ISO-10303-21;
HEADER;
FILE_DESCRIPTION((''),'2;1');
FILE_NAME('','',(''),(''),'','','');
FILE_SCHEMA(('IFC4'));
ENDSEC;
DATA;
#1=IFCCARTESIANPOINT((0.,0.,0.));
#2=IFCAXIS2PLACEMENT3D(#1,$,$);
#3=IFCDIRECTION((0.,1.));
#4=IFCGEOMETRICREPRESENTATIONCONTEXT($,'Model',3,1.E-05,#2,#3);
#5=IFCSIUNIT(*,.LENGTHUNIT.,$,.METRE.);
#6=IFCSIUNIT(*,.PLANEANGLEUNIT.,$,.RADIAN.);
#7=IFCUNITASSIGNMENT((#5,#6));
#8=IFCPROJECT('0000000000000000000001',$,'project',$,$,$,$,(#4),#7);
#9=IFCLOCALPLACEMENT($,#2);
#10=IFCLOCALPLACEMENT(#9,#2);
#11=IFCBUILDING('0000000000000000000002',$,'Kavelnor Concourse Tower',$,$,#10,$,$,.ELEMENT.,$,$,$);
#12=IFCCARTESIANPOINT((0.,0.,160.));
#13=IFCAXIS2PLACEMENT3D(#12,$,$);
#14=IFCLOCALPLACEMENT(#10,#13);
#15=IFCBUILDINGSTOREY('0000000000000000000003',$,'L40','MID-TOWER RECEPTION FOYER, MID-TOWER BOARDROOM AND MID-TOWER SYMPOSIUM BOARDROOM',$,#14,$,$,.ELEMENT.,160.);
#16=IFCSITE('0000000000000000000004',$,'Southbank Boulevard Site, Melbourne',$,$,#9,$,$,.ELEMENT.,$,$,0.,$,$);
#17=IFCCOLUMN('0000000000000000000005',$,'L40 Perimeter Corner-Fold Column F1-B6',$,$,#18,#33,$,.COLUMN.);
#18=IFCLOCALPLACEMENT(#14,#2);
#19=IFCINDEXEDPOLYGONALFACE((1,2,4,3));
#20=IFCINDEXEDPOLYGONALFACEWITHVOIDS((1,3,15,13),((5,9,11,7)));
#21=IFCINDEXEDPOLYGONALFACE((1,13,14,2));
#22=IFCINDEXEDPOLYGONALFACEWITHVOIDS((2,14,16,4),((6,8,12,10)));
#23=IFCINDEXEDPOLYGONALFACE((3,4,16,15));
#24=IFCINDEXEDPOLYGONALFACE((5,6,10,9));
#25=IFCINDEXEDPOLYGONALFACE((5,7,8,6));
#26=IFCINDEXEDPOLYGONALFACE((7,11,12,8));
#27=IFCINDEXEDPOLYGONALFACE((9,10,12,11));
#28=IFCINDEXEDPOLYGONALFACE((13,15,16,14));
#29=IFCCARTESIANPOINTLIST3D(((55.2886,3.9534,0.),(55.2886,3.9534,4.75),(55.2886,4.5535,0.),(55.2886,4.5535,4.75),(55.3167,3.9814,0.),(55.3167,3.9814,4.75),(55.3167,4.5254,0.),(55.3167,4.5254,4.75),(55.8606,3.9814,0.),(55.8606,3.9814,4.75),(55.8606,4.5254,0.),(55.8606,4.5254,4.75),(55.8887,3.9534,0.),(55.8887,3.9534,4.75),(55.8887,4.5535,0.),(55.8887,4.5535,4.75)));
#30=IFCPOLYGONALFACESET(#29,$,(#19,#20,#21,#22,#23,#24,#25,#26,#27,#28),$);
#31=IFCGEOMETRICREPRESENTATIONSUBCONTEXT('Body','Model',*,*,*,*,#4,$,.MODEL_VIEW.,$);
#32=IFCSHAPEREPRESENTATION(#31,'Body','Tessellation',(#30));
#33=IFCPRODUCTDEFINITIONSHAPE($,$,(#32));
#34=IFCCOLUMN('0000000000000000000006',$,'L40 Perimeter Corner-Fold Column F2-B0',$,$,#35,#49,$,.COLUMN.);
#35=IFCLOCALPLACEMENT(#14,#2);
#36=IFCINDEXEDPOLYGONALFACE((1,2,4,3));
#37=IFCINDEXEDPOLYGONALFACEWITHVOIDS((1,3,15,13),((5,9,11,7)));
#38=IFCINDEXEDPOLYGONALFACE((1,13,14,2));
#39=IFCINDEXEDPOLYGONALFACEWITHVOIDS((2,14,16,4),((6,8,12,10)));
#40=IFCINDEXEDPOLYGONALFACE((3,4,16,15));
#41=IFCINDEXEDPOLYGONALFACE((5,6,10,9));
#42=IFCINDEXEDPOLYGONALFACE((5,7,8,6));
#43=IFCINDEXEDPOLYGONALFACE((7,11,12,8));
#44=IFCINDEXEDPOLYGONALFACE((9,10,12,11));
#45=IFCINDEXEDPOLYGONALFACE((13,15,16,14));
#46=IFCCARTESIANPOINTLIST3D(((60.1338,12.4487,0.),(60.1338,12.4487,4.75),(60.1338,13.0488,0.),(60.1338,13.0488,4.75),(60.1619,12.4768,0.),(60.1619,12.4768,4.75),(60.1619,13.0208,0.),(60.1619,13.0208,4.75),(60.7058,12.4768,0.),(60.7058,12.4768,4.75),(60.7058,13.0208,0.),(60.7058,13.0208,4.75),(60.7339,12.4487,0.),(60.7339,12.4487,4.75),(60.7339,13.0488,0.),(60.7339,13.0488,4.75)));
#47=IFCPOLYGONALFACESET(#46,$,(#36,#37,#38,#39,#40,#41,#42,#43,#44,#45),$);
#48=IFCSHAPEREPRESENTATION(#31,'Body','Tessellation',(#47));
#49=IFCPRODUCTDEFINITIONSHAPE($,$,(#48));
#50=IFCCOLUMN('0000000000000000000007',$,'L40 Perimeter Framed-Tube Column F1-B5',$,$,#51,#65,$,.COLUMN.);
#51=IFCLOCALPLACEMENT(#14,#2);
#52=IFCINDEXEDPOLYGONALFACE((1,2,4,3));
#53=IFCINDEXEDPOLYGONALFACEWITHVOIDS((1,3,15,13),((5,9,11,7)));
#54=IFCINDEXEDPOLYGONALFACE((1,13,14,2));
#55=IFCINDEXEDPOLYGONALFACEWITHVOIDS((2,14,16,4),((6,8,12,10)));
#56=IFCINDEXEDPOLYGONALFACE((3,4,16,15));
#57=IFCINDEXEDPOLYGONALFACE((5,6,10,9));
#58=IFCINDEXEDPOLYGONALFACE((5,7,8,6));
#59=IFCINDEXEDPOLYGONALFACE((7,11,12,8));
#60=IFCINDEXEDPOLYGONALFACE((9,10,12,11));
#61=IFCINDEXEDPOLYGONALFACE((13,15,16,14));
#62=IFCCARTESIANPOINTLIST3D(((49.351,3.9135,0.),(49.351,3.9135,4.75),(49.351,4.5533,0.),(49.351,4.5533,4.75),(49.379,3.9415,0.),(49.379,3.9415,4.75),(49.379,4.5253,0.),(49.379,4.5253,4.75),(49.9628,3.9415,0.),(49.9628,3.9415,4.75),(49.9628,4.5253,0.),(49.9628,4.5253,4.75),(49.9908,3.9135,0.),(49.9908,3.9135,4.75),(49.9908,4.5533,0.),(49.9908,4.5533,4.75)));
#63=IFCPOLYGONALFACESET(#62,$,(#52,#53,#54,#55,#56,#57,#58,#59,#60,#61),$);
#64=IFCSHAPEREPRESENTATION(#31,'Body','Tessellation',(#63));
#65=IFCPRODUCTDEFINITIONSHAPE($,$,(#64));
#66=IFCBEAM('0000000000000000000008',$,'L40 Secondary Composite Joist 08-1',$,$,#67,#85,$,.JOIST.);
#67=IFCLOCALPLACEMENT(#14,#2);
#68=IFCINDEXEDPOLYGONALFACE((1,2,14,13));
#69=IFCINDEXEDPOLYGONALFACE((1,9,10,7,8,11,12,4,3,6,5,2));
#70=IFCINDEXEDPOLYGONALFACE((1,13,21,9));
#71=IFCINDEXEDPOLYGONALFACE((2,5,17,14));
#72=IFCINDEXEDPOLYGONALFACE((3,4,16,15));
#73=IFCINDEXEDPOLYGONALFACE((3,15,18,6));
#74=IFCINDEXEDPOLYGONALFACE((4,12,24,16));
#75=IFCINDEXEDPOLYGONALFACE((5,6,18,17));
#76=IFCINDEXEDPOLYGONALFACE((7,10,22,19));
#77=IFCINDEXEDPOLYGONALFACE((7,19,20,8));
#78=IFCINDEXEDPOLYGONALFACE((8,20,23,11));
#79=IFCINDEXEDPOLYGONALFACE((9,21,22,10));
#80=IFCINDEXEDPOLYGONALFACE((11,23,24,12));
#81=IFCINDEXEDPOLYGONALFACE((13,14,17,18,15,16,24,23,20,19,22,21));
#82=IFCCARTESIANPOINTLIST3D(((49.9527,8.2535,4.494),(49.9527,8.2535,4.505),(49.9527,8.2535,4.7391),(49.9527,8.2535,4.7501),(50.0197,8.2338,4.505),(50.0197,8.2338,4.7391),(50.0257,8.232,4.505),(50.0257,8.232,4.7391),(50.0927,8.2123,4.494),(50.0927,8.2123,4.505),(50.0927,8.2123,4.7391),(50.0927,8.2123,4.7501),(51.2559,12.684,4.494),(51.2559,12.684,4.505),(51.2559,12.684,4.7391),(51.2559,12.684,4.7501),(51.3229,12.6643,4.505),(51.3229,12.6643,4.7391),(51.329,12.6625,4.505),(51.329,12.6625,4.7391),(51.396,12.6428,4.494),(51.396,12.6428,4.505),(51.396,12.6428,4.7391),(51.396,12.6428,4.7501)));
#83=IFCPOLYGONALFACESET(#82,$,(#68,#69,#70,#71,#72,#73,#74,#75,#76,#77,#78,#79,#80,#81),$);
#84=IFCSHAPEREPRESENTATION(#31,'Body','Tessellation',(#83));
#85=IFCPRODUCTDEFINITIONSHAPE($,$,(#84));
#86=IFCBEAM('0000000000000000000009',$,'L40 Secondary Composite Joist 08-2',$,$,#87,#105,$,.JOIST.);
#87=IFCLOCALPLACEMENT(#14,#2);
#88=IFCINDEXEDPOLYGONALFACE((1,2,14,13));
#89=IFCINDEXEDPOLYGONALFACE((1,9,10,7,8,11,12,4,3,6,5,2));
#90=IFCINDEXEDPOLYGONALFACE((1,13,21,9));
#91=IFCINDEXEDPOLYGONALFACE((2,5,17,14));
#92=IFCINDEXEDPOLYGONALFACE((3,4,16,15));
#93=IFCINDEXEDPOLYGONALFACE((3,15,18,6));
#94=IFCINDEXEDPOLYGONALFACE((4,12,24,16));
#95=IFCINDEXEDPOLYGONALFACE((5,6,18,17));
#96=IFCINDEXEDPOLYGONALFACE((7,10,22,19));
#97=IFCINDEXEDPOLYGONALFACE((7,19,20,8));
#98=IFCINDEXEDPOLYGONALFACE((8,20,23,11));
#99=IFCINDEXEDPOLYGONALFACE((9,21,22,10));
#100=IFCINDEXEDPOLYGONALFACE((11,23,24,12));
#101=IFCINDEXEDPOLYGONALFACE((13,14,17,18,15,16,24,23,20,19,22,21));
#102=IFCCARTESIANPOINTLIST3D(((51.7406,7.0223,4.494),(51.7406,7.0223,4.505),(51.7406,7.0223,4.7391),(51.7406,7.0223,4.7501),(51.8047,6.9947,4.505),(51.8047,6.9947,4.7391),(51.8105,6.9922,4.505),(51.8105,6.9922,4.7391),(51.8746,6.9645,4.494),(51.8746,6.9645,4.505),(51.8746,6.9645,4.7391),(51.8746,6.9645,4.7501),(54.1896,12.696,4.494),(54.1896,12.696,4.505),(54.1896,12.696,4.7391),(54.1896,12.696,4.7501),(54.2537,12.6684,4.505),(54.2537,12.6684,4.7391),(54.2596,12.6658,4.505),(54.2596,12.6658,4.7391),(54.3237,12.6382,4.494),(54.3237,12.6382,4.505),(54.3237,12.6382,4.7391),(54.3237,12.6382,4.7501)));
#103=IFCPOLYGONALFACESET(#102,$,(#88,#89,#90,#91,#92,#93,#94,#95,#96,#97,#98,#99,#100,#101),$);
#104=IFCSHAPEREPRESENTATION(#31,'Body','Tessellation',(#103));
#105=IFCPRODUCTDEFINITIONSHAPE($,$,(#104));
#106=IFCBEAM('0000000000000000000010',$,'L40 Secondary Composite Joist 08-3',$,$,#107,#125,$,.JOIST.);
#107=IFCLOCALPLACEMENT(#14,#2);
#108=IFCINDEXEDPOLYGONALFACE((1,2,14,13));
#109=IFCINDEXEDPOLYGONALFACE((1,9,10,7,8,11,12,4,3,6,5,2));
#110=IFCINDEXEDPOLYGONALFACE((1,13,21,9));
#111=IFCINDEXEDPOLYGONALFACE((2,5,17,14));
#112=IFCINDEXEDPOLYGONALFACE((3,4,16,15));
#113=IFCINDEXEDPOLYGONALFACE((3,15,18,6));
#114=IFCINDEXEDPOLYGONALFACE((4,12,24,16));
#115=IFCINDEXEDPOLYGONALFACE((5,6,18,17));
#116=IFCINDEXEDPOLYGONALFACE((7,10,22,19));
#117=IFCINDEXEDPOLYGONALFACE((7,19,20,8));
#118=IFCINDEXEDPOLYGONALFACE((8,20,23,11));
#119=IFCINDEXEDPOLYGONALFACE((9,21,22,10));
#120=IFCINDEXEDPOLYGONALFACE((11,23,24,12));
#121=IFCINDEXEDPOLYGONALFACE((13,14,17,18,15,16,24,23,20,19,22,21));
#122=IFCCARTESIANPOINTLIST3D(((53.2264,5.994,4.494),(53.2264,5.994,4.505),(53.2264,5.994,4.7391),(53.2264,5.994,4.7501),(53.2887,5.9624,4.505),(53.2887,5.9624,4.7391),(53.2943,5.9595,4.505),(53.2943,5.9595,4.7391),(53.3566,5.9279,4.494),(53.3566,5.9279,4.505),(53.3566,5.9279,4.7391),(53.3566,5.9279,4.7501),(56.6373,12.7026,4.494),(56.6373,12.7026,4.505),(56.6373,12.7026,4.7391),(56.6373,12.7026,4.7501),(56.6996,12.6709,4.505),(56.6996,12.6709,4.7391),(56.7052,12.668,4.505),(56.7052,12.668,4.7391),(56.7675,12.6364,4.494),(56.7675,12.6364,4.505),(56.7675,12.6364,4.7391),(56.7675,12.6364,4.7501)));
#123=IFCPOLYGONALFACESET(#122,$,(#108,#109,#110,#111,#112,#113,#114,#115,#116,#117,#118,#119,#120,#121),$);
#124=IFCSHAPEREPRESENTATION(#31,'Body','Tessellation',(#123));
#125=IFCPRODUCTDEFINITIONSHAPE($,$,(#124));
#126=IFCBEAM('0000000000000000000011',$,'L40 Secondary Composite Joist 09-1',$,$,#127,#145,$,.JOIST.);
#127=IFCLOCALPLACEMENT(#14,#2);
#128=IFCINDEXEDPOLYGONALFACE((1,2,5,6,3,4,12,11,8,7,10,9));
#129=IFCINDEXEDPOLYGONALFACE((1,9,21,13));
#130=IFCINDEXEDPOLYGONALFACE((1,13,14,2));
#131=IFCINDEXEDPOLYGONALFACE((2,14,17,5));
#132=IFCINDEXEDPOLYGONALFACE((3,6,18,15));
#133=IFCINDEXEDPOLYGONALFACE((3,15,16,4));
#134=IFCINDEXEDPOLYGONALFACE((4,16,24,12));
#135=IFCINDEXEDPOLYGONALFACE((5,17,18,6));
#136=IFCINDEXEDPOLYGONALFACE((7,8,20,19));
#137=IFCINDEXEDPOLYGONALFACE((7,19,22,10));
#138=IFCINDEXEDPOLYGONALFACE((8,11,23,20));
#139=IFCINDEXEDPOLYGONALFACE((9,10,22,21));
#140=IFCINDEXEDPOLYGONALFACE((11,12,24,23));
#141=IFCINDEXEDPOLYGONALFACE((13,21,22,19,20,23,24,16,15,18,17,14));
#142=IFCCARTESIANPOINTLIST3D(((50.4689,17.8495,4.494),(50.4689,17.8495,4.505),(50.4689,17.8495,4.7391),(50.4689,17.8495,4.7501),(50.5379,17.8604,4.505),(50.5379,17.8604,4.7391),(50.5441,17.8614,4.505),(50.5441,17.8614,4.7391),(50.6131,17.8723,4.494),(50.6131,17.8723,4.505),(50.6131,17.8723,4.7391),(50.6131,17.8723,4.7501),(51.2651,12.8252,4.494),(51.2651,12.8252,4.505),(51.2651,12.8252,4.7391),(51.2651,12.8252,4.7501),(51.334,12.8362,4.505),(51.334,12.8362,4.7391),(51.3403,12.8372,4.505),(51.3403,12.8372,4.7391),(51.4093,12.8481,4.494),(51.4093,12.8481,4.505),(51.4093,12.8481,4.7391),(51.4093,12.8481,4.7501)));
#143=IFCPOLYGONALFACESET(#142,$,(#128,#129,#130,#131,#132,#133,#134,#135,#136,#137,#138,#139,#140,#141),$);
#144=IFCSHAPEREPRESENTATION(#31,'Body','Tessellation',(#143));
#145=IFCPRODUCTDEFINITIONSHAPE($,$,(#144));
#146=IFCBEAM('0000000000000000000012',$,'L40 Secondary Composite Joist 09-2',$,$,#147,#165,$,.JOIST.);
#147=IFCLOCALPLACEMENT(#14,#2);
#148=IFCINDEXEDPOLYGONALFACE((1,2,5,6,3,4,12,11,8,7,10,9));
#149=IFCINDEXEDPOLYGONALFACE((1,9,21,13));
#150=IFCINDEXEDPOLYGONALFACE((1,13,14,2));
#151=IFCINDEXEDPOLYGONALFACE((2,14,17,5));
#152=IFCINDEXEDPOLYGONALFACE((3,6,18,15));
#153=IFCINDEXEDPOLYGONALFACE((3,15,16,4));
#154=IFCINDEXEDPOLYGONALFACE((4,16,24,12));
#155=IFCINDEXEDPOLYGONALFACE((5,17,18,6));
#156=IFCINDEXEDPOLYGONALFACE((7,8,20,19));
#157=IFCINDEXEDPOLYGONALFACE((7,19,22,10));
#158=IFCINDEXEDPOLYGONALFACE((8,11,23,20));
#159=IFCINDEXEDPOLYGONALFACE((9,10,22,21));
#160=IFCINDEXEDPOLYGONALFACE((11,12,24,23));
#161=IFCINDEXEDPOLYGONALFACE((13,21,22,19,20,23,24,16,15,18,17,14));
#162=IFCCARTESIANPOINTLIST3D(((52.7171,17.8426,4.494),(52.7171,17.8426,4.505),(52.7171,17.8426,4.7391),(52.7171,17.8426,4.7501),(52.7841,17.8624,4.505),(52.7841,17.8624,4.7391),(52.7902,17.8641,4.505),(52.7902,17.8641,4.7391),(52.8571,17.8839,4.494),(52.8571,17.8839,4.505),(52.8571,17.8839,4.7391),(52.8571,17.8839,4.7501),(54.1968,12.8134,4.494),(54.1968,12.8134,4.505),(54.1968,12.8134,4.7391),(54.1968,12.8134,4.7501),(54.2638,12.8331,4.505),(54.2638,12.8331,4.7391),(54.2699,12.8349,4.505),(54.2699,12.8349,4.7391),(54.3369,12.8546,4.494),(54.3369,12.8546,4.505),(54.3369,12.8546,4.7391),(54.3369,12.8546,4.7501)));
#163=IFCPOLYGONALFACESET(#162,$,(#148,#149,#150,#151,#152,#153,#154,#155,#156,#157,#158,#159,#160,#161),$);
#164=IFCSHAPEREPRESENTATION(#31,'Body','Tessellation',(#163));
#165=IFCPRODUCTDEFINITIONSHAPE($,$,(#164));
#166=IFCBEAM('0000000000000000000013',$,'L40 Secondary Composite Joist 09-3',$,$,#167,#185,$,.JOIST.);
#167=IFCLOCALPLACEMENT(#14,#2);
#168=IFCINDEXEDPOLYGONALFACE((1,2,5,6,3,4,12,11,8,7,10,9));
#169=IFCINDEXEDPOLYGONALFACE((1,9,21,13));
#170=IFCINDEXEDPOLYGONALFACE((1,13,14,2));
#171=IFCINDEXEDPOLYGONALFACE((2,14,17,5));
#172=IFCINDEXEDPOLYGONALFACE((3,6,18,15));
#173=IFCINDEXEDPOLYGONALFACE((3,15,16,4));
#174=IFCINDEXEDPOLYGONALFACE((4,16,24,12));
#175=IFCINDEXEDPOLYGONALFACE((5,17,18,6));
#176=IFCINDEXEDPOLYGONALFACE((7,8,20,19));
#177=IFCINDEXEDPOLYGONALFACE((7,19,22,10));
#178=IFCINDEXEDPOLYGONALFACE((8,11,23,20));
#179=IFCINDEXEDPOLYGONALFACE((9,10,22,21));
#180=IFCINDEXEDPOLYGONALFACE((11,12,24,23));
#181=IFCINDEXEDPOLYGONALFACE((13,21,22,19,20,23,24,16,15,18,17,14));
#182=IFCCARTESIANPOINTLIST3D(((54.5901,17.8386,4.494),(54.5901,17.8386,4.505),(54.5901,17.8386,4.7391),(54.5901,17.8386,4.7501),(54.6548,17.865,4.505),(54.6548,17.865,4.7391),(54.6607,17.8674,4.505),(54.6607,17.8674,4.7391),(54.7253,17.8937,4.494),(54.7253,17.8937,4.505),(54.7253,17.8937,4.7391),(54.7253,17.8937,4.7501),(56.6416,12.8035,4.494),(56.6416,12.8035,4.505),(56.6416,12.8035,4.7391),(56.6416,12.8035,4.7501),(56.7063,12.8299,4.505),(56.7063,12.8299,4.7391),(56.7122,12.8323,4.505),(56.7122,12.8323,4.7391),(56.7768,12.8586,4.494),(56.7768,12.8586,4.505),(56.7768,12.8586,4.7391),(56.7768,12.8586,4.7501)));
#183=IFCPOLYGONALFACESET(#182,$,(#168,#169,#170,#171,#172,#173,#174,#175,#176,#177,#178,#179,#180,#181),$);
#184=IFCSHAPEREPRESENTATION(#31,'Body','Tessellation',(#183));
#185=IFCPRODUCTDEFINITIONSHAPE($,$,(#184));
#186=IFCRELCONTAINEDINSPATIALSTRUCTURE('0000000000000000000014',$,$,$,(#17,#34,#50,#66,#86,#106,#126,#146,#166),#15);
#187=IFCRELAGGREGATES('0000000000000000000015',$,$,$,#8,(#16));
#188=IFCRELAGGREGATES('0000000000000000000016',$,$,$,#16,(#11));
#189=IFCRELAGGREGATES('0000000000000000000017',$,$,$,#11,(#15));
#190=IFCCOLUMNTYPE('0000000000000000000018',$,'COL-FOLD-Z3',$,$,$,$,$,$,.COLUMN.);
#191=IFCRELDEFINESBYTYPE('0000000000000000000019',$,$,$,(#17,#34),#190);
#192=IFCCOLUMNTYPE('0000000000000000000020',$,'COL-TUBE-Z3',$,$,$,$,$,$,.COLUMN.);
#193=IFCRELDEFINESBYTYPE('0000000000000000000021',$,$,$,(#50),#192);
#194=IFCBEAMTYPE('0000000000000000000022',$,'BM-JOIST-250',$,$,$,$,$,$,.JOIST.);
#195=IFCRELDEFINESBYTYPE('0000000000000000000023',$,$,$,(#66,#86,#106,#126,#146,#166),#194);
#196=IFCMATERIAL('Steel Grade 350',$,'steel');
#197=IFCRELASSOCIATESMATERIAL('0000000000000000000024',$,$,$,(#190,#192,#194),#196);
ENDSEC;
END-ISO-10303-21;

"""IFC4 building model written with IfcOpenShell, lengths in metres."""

from ifc_helpers import new_model, si_unit, direction, frame, origin, origin_2d, place, context, subcontext, project, spatial, hollow_rectangle, i_section, extrude, material, material_profile, profile_set, type_object, element, save


model = new_model("IFC4")

# Units and contexts
model_context = context("Model", 3, precision=1e-05, world=origin(), true_north=direction((0.0, 1.0)))
body_context = subcontext(model_context, "Body", "Model", "MODEL_VIEW")
ifc_project = project(units=[si_unit("LENGTHUNIT", "METRE"), si_unit("PLANEANGLEUNIT", "RADIAN")], contexts=[model_context])

# Site, building, storey
site_placement = place(None, origin())
site = spatial("IfcSite", under=ifc_project, at=site_placement, Name="Southbank Boulevard Site, Melbourne", CompositionType="ELEMENT", RefElevation=0.0)
building_placement = place(site_placement, origin())
building = spatial("IfcBuilding", under=site, at=building_placement, Name="Kavelnor Concourse Tower", CompositionType="ELEMENT")
storey_placement = place(building_placement, frame((0.0, 0.0, 160.0)))
storey = spatial("IfcBuildingStorey", under=building, at=storey_placement, Name="L40", Description="MID-TOWER RECEPTION FOYER, MID-TOWER BOARDROOM AND MID-TOWER SYMPOSIUM BOARDROOM", CompositionType="ELEMENT", Elevation=160.0)

# Columns
ifc_material_1 = material(Name="Steel Grade 350", Category="steel")
ifc_material_profile_1 = material_profile(ifc_material_1, hollow_rectangle(XDim=0.6001, YDim=0.6001, WallThickness=0.0281, at=origin_2d()), Name="SHS 600x600x28")
ifc_profile_set_1 = profile_set([ifc_material_profile_1], Name="Steel Grade 350")
column_type_1 = type_object("IfcColumnType", Name="COL-FOLD-Z3", PredefinedType="COLUMN", material=ifc_profile_set_1)
for number, where, z_axis, x_axis, name in (
    (1, (55.5886, 4.2534, 0.0), (0.0, 0.0, 1.0), (1.0, 0.0, 0.0), "L40 Perimeter Corner-Fold Column F1-B6"),
    (2, (60.4338, 12.7488, 0.0), (0.0, 0.0, 1.0), (1.0, 0.0, 0.0), "L40 Perimeter Corner-Fold Column F2-B0"),
):
    element("IfcColumn", number, at=place(storey_placement, frame(where, z_axis=z_axis, x_axis=x_axis)), inside=storey, type_object=column_type_1, Name=name, PredefinedType="COLUMN", context=body_context, shape_type="SweptSolid", body=[
        extrude(hollow_rectangle(XDim=0.6001, YDim=0.6001, WallThickness=0.0281, at=origin_2d()), origin(), (0.0, 0.0, 1.0), 4.75),
    ])
ifc_material_profile_2 = material_profile(ifc_material_1, hollow_rectangle(XDim=0.6399, YDim=0.6399, WallThickness=0.0281, at=origin_2d()), Name="SHS 640x640x28")
ifc_profile_set_2 = profile_set([ifc_material_profile_2], Name="Steel Grade 350")
column_type_2 = type_object("IfcColumnType", Name="COL-TUBE-Z3", PredefinedType="COLUMN", material=ifc_profile_set_2)
column_placement = place(storey_placement, frame((49.6709, 4.2334, 0.0), z_axis=(0.0, 0.0, 1.0), x_axis=(1.0, 0.0, 0.0)))
element("IfcColumn", 3, at=column_placement, inside=storey, type_object=column_type_2, Name="L40 Perimeter Framed-Tube Column F1-B5", PredefinedType="COLUMN", context=body_context, shape_type="SweptSolid", body=[
    extrude(hollow_rectangle(XDim=0.6399, YDim=0.6399, WallThickness=0.0281, at=origin_2d()), origin(), (0.0, 0.0, 1.0), 4.75),
])

# Beams
ifc_material_profile_3 = material_profile(ifc_material_1, i_section(OverallWidth=0.146, OverallDepth=0.2561, WebThickness=0.0063, FlangeThickness=0.011, at=origin_2d()), Name="250UB37")
ifc_profile_set_3 = profile_set([ifc_material_profile_3], Name="Steel Grade 350")
beam_type_1 = type_object("IfcBeamType", Name="BM-JOIST-250", PredefinedType="JOIST", material=ifc_profile_set_3)
beam_1_placement = place(storey_placement, frame((50.0227, 8.2329, 4.6221), z_axis=(0.282198, 0.959356, 0.0), x_axis=(-0.959356, 0.282198, 0.0)))
element("IfcBeam", 4, at=beam_1_placement, inside=storey, type_object=beam_type_1, Name="L40 Secondary Composite Joist 08-1", PredefinedType="JOIST", context=body_context, shape_type="SweptSolid", body=[
    extrude(i_section(OverallWidth=0.146, OverallDepth=0.2561, WebThickness=0.0063, FlangeThickness=0.011, at=origin_2d()), origin(), (0.0, 0.0, 1.0), 4.6182),
])
beam_2_placement = place(storey_placement, frame((51.8076, 6.9934, 4.6221), z_axis=(0.396302, 0.91812, 0.0), x_axis=(-0.91812, 0.396302, 0.0)))
element("IfcBeam", 5, at=beam_2_placement, inside=storey, type_object=beam_type_1, Name="L40 Secondary Composite Joist 08-2", PredefinedType="JOIST", context=body_context, shape_type="SweptSolid", body=[
    extrude(i_section(OverallWidth=0.146, OverallDepth=0.2561, WebThickness=0.0063, FlangeThickness=0.011, at=origin_2d()), origin(), (0.0, 0.0, 1.0), 6.1797),
])
beam_3_placement = place(storey_placement, frame((53.2915, 5.9609, 4.6221), z_axis=(0.453224, 0.891396, 0.0), x_axis=(-0.891396, 0.453224, 0.0)))
element("IfcBeam", 6, at=beam_3_placement, inside=storey, type_object=beam_type_1, Name="L40 Secondary Composite Joist 08-3", PredefinedType="JOIST", context=body_context, shape_type="SweptSolid", body=[
    extrude(i_section(OverallWidth=0.146, OverallDepth=0.2561, WebThickness=0.0063, FlangeThickness=0.011, at=origin_2d()), origin(), (0.0, 0.0, 1.0), 7.5259),
])
beam_4_placement = place(storey_placement, frame((51.3372, 12.8367, 4.6221), z_axis=(-0.15651, 0.987676, 0.0), x_axis=(-0.987676, -0.15651, 0.0)))
element("IfcBeam", 7, at=beam_4_placement, inside=storey, type_object=beam_type_1, Name="L40 Secondary Composite Joist 09-1", PredefinedType="JOIST", context=body_context, shape_type="SweptSolid", body=[
    extrude(i_section(OverallWidth=0.146, OverallDepth=0.2561, WebThickness=0.0063, FlangeThickness=0.011, at=origin_2d()), origin(), (0.0, 0.0, 1.0), 5.0869),
])
beam_5_placement = place(storey_placement, frame((54.2668, 12.834, 4.6221), z_axis=(-0.28226, 0.959338, 0.0), x_axis=(-0.959338, -0.28226, 0.0)))
element("IfcBeam", 8, at=beam_5_placement, inside=storey, type_object=beam_type_1, Name="L40 Secondary Composite Joist 09-2", PredefinedType="JOIST", context=body_context, shape_type="SweptSolid", body=[
    extrude(i_section(OverallWidth=0.146, OverallDepth=0.2561, WebThickness=0.0063, FlangeThickness=0.011, at=origin_2d()), origin(), (0.0, 0.0, 1.0), 5.2424),
])
beam_6_placement = place(storey_placement, frame((56.7092, 12.8311, 4.6221), z_axis=(-0.377321, 0.926082, 0.0), x_axis=(-0.926082, -0.377321, 0.0)))
element("IfcBeam", 9, at=beam_6_placement, inside=storey, type_object=beam_type_1, Name="L40 Secondary Composite Joist 09-3", PredefinedType="JOIST", context=body_context, shape_type="SweptSolid", body=[
    extrude(i_section(OverallWidth=0.146, OverallDepth=0.2561, WebThickness=0.0063, FlangeThickness=0.011, at=origin_2d()), origin(), (0.0, 0.0, 1.0), 5.437),
])

save(model, "model.ifc")
